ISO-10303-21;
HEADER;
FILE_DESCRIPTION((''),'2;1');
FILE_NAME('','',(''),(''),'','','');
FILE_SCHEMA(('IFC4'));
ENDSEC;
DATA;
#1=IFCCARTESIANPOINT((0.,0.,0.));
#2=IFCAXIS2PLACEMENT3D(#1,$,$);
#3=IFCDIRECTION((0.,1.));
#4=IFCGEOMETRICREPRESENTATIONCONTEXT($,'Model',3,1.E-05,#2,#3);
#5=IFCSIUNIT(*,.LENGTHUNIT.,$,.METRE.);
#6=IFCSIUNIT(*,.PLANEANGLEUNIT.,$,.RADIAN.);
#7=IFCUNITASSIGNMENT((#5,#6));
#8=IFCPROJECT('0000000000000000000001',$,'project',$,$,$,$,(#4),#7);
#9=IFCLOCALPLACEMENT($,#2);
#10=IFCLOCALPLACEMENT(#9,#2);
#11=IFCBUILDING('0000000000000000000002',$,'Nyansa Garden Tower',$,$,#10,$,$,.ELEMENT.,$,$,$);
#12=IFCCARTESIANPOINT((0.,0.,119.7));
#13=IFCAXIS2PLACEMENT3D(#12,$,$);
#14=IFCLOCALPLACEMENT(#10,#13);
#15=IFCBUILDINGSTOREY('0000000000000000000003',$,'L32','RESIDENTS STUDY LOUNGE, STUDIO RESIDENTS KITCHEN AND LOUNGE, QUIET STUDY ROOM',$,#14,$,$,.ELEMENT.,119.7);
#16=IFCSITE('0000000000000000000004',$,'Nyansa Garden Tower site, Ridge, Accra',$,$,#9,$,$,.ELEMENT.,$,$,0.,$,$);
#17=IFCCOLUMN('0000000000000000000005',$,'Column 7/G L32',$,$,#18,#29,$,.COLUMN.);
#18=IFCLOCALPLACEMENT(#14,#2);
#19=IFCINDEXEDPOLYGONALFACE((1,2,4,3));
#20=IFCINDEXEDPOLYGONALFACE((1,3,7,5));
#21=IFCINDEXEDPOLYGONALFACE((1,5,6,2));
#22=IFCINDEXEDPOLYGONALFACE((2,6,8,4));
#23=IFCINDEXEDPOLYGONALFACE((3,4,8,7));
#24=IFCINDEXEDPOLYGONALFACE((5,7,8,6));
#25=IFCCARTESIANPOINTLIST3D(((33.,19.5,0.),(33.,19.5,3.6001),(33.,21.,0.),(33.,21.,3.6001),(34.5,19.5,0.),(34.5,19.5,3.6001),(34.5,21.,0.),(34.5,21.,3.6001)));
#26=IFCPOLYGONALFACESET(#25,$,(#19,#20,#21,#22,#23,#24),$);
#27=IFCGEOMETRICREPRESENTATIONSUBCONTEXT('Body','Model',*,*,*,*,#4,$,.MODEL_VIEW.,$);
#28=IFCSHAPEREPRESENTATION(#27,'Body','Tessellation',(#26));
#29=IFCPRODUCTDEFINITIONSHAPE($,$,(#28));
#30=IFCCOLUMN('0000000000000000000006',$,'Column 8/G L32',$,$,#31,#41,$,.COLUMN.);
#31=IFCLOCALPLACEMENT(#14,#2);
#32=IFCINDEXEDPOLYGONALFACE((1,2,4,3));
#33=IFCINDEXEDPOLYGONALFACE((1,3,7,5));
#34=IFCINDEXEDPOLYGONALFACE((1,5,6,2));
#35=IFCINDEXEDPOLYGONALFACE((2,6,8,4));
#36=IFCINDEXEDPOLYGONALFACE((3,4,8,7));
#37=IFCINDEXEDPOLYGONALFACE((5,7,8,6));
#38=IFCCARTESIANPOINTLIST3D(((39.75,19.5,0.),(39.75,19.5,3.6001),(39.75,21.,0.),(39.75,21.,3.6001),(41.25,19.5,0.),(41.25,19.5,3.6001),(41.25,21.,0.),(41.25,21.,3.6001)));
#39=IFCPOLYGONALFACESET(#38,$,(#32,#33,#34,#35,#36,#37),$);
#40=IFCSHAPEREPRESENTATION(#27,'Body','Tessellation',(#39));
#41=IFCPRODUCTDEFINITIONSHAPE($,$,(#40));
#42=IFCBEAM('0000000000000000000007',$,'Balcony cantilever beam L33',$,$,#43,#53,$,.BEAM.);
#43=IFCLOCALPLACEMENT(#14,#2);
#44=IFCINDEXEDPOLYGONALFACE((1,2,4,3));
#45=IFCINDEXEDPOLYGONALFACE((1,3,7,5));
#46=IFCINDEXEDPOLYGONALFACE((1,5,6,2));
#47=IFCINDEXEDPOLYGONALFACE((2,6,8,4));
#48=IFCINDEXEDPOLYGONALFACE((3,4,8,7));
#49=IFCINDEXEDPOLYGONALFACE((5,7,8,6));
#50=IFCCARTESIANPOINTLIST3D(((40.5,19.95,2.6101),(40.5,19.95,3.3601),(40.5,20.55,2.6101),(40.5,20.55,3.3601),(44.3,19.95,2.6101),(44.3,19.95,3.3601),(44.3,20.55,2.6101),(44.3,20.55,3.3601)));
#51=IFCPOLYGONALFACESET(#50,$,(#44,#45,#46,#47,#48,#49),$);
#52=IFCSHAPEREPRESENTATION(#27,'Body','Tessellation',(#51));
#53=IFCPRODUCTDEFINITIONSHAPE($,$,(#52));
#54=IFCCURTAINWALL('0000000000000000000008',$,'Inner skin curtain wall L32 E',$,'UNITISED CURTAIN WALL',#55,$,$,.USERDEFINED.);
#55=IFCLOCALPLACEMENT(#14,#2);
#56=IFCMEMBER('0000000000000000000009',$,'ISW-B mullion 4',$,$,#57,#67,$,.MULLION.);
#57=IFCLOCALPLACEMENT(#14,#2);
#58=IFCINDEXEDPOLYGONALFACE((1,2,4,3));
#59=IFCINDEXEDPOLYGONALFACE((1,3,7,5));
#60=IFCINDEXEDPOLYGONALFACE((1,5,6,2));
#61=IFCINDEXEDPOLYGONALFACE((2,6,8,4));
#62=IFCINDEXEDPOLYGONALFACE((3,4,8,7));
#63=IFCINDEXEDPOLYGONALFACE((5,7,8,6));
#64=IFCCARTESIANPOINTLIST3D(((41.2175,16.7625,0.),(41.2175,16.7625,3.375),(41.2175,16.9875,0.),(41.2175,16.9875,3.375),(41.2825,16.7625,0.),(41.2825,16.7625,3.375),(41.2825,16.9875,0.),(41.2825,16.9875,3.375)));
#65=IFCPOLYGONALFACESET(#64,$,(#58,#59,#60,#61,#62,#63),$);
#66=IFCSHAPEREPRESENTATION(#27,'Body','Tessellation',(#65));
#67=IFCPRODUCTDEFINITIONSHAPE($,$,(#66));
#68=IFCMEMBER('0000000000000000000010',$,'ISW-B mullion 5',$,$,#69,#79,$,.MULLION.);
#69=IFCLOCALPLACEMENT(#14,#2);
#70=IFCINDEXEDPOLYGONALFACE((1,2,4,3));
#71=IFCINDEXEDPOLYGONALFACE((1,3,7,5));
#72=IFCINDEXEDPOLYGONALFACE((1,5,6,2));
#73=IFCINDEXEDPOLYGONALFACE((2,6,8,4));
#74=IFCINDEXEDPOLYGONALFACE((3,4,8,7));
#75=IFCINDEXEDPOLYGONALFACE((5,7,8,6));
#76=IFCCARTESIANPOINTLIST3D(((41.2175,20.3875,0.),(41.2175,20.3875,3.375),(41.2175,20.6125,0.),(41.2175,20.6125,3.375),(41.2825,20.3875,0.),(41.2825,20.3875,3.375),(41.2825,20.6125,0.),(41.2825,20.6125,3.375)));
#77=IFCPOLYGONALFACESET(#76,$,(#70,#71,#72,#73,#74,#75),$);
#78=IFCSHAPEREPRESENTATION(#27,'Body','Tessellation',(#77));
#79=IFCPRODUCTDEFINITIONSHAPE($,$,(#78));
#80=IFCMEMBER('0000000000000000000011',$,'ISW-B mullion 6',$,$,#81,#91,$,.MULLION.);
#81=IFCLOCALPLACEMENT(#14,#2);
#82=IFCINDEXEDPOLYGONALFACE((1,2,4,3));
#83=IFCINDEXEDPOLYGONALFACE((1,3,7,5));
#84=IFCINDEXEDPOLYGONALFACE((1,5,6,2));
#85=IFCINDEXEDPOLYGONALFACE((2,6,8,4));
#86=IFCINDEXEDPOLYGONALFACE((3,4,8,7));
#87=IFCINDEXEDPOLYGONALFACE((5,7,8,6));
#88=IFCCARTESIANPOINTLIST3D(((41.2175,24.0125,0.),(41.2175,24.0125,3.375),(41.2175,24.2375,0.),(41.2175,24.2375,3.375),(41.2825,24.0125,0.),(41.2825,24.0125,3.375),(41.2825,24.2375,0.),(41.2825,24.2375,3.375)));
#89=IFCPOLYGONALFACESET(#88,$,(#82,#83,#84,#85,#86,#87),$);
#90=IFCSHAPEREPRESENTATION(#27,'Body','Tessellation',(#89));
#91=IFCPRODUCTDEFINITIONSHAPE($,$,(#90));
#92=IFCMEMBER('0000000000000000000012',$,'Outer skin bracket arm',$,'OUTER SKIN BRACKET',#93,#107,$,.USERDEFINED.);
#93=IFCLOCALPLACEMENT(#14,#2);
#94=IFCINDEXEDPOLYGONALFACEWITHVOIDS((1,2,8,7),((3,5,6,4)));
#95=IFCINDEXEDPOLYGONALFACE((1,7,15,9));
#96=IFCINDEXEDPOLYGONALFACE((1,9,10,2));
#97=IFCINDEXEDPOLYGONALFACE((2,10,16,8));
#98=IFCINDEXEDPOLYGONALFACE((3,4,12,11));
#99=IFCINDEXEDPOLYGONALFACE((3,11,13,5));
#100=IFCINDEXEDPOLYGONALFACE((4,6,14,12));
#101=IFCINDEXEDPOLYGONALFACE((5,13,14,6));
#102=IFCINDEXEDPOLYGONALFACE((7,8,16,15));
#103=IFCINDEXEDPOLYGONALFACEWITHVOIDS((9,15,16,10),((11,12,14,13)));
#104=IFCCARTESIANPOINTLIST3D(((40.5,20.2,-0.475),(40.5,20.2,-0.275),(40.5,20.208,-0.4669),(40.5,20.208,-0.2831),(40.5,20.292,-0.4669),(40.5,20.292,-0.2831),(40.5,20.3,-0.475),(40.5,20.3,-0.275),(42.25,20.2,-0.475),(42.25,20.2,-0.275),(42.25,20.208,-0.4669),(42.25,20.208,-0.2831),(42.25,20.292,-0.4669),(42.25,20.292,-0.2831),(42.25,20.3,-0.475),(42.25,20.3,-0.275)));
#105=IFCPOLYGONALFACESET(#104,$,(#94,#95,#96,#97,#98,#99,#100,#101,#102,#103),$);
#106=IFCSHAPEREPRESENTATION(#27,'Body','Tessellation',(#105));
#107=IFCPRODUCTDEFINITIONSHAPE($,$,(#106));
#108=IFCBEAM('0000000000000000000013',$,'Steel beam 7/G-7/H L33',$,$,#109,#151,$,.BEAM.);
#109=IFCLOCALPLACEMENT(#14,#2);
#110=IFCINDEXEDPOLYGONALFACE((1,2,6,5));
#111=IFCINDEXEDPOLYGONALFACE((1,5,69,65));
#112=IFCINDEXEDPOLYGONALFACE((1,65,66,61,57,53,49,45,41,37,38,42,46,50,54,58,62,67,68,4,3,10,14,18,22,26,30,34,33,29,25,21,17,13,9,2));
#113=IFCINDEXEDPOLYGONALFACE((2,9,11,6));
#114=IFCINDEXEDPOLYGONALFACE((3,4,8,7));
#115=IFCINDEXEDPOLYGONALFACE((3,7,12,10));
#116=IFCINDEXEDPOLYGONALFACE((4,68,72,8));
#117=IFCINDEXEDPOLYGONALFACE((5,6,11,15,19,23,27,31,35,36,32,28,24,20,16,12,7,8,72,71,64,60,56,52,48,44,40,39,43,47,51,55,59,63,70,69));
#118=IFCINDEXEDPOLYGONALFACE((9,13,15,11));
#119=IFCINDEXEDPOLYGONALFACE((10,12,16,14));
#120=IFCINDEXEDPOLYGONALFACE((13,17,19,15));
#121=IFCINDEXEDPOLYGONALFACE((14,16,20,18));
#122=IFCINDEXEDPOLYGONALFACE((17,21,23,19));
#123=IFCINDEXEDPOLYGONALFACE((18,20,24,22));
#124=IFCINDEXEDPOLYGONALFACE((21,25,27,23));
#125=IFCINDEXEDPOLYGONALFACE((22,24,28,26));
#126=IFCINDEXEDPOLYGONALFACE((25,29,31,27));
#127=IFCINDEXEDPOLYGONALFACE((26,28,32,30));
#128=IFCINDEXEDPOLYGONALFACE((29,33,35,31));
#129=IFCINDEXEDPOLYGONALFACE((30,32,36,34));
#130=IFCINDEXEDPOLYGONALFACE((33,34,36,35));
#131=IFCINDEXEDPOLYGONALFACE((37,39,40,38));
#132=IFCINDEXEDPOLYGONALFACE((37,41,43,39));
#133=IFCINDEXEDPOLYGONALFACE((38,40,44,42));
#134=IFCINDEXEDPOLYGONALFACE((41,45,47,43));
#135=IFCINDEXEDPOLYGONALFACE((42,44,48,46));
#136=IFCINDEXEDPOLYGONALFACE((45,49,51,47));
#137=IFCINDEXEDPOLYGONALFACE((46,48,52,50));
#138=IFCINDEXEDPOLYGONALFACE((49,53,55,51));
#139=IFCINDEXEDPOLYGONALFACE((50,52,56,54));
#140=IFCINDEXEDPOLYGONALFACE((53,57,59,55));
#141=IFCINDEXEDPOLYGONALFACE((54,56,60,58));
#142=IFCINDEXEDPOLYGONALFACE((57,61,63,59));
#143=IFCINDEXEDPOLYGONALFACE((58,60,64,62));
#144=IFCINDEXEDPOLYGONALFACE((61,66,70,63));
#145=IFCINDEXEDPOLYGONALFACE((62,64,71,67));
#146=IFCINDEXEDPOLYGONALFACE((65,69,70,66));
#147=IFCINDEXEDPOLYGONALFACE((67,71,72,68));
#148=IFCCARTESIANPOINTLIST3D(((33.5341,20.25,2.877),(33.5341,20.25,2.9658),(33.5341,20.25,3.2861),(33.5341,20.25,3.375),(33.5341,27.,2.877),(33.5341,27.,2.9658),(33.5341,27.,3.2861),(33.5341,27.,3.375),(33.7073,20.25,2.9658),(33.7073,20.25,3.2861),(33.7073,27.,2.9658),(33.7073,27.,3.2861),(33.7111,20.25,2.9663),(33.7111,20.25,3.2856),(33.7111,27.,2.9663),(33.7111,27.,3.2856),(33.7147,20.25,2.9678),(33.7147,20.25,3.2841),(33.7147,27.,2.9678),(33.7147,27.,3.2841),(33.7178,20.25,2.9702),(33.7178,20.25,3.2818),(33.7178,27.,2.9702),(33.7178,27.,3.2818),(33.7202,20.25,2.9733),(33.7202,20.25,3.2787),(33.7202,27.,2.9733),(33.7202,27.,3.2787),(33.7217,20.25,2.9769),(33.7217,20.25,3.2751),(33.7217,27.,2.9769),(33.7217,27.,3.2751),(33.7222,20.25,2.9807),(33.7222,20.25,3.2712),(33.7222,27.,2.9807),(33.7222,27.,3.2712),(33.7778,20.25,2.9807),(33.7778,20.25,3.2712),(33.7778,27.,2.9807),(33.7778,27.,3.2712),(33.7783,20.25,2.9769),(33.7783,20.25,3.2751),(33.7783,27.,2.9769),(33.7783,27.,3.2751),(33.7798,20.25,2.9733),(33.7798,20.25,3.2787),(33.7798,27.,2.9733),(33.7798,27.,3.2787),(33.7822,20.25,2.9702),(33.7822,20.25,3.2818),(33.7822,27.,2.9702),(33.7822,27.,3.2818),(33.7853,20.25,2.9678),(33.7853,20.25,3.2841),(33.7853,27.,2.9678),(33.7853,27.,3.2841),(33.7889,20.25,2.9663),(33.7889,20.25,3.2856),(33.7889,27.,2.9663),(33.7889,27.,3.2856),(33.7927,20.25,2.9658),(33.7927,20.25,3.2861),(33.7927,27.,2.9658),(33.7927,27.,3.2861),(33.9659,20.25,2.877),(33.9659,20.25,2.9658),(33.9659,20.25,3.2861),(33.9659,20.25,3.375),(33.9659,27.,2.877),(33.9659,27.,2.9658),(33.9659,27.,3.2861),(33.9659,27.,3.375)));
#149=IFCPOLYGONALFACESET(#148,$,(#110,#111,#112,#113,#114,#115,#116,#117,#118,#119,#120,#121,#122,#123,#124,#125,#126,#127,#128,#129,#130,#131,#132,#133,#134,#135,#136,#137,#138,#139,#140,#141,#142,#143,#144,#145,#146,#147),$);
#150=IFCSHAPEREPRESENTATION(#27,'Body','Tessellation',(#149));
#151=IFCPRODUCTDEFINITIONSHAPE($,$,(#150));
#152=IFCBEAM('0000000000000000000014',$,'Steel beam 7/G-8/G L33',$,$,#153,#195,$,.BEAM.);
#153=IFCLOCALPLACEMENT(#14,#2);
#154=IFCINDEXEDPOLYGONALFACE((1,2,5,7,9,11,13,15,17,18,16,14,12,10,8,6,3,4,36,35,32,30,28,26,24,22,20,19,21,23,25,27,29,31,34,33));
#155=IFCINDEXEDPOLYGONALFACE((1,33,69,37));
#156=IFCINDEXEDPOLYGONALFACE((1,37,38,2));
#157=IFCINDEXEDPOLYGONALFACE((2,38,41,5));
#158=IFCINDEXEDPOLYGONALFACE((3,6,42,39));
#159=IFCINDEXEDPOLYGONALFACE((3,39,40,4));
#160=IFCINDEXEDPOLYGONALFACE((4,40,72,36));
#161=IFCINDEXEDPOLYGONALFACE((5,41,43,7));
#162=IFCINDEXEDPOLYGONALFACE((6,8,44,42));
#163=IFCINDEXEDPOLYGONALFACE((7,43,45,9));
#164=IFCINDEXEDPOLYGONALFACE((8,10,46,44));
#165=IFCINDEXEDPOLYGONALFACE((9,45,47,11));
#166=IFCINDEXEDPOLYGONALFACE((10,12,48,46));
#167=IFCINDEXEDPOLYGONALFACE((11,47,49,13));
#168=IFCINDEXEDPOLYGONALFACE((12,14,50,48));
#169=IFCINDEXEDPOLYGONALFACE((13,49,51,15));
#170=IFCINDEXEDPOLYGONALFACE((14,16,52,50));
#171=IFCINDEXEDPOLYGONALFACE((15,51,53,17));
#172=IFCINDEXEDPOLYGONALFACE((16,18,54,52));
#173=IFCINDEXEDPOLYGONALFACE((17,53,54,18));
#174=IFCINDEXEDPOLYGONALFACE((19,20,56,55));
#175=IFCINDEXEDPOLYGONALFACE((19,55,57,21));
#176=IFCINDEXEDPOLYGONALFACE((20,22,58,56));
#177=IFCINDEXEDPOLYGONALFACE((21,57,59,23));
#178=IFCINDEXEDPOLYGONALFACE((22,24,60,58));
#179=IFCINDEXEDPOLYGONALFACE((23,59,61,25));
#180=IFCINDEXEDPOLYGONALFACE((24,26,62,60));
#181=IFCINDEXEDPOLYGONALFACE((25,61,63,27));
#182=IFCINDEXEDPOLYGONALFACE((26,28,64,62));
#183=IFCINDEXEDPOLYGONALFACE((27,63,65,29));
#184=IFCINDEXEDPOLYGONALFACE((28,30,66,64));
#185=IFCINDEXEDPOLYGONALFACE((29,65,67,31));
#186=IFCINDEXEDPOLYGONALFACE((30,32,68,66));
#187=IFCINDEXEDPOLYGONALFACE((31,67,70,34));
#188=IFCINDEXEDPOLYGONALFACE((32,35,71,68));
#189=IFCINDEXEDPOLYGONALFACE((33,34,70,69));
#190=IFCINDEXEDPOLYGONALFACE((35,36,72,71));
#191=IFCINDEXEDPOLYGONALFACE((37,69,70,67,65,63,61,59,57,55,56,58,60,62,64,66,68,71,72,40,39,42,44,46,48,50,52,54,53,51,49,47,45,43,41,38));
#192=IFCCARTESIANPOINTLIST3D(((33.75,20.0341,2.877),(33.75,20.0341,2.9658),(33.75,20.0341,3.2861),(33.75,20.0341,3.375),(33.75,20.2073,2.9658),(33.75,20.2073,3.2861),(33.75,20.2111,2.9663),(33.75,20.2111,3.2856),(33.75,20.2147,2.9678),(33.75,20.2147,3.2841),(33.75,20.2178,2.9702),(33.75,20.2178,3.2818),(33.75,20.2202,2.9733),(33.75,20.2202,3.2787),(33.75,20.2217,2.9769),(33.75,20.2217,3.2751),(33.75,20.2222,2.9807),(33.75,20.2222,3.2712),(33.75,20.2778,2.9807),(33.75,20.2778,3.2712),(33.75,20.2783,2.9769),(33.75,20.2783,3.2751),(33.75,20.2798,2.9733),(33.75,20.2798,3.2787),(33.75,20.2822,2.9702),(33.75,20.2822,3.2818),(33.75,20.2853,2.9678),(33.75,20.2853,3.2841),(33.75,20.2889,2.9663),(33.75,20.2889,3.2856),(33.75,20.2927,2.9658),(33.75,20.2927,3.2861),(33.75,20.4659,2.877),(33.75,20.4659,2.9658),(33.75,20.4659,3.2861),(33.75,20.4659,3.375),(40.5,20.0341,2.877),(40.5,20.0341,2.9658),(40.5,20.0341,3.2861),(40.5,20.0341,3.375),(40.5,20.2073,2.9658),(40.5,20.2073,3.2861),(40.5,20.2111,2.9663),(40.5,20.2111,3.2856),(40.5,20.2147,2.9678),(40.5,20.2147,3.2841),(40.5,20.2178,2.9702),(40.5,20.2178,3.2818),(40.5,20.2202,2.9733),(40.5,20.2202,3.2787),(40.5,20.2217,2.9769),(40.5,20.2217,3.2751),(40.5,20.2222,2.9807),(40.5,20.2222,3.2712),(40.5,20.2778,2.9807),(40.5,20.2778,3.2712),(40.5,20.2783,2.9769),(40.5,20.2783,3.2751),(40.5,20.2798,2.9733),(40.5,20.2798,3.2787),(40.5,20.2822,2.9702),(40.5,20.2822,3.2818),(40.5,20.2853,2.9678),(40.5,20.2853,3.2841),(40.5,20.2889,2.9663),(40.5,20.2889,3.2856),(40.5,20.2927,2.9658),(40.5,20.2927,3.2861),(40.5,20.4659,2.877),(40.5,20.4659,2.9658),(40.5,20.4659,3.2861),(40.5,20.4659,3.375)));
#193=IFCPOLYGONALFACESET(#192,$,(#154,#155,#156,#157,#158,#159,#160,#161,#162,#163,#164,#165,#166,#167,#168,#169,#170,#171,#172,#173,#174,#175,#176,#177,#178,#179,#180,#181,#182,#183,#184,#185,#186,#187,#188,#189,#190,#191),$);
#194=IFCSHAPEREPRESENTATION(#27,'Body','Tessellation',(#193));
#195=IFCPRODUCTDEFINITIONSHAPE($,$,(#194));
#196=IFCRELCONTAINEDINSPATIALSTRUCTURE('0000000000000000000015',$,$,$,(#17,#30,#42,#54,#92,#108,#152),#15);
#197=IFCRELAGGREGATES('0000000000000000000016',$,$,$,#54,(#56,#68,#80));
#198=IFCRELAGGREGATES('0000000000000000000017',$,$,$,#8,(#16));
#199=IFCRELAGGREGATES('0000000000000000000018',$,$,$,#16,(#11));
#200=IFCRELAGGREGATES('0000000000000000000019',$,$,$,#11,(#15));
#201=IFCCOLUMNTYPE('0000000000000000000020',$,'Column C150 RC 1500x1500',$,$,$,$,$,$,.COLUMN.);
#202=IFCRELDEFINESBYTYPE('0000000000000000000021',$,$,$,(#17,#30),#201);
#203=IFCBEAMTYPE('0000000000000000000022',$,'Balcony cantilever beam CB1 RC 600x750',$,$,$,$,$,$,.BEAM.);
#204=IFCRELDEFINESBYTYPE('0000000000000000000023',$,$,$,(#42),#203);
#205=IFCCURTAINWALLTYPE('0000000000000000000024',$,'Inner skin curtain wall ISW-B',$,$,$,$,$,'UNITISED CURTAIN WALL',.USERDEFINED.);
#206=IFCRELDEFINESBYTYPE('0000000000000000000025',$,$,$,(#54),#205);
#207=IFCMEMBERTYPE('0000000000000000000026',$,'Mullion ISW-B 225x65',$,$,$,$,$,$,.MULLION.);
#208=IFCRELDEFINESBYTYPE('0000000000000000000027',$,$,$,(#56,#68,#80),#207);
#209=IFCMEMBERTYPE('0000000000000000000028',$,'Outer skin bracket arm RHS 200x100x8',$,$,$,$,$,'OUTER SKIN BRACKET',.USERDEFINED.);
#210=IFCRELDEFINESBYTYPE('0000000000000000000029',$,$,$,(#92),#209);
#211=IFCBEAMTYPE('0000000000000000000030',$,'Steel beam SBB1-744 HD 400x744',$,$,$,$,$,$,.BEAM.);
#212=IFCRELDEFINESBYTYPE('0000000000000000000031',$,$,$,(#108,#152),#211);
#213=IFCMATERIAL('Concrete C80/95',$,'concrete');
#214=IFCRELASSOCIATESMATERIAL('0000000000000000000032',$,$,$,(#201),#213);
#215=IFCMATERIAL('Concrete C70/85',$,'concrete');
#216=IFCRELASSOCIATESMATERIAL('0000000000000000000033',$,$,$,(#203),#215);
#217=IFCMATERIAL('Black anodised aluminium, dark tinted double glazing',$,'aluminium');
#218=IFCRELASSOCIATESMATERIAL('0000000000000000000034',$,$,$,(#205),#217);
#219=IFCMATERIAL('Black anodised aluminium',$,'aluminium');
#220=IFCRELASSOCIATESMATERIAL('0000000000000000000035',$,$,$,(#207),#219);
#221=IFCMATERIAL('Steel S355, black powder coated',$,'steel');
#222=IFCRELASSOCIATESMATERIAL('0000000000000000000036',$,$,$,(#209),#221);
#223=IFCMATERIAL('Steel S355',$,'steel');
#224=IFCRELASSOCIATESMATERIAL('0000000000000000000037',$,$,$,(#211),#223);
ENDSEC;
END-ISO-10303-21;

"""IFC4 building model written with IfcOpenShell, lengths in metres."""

from ifc_helpers import new_model, si_unit, direction, frame, origin, origin_2d, place, context, subcontext, project, spatial, rectangle, hollow_rectangle, i_section, extrude, material, material_profile, profile_set, type_object, element, aggregate, save


model = new_model("IFC4")

# Units and contexts
model_context = context("Model", 3, precision=1e-05, world=origin(), true_north=direction((0.0, 1.0)))
body_context = subcontext(model_context, "Body", "Model", "MODEL_VIEW")
ifc_project = project(units=[si_unit("LENGTHUNIT", "METRE"), si_unit("PLANEANGLEUNIT", "RADIAN")], contexts=[model_context])

# Site, building, storey
site_placement = place(None, origin())
site = spatial("IfcSite", under=ifc_project, at=site_placement, Name="Nyansa Garden Tower site, Ridge, Accra", CompositionType="ELEMENT", RefElevation=0.0)
building_placement = place(site_placement, origin())
building = spatial("IfcBuilding", under=site, at=building_placement, Name="Nyansa Garden Tower", CompositionType="ELEMENT")
storey_placement = place(building_placement, frame((0.0, 0.0, 119.7)))
storey = spatial("IfcBuildingStorey", under=building, at=storey_placement, Name="L32", Description="RESIDENTS STUDY LOUNGE, STUDIO RESIDENTS KITCHEN AND LOUNGE, QUIET STUDY ROOM", CompositionType="ELEMENT", Elevation=119.7)

# Columns
ifc_material_1 = material(Name="Concrete C80/95", Category="concrete")
ifc_material_profile_1 = material_profile(ifc_material_1, rectangle(XDim=1.5, YDim=1.5, at=origin_2d()), Name="RC 1500x1500")
ifc_profile_set_1 = profile_set([ifc_material_profile_1], Name="Concrete C80/95")
column_type = type_object("IfcColumnType", Name="Column C150 RC 1500x1500", PredefinedType="COLUMN", material=ifc_profile_set_1)
for number, where, z_axis, x_axis, name in (
    (1, (33.75, 20.25, 0.0), (0.0, 0.0, 1.0), (1.0, 0.0, 0.0), "Column 7/G L32"),
    (2, (40.5, 20.25, 0.0), (0.0, 0.0, 1.0), (1.0, 0.0, 0.0), "Column 8/G L32"),
):
    element("IfcColumn", number, at=place(storey_placement, frame(where, z_axis=z_axis, x_axis=x_axis)), inside=storey, type_object=column_type, Name=name, PredefinedType="COLUMN", context=body_context, shape_type="SweptSolid", body=[
        extrude(rectangle(XDim=1.5, YDim=1.5, at=origin_2d()), origin(), (0.0, 0.0, 1.0), 3.6001),
    ])

# Beam
ifc_material_2 = material(Name="Concrete C70/85", Category="concrete")
ifc_material_profile_2 = material_profile(ifc_material_2, rectangle(XDim=0.6001, YDim=0.75, at=origin_2d()), Name="RC 600x750")
ifc_profile_set_2 = profile_set([ifc_material_profile_2], Name="Concrete C70/85")
beam_type_1 = type_object("IfcBeamType", Name="Balcony cantilever beam CB1 RC 600x750", PredefinedType="BEAM", material=ifc_profile_set_2)
beam_1_placement = place(storey_placement, frame((40.5, 20.25, 2.9851), z_axis=(1.0, 0.0, 0.0), x_axis=(0.0, 1.0, 0.0)))
element("IfcBeam", 3, at=beam_1_placement, inside=storey, type_object=beam_type_1, Name="Balcony cantilever beam L33", PredefinedType="BEAM", context=body_context, shape_type="SweptSolid", body=[
    extrude(rectangle(XDim=0.6001, YDim=0.75, at=origin_2d()), origin(), (0.0, 0.0, 1.0), 3.8),
])

# Curtain wall, members
ifc_material_3 = material(Name="Black anodised aluminium, dark tinted double glazing", Category="aluminium")
curtain_wall_type = type_object("IfcCurtainWallType", Name="Inner skin curtain wall ISW-B", ElementType="UNITISED CURTAIN WALL", PredefinedType="USERDEFINED", material=ifc_material_3)
curtain_wall_placement = place(storey_placement, origin())
curtain_wall = element("IfcCurtainWall", 4, at=curtain_wall_placement, inside=storey, type_object=curtain_wall_type, Name="Inner skin curtain wall L32 E", ObjectType="UNITISED CURTAIN WALL", PredefinedType="USERDEFINED")
ifc_material_4 = material(Name="Black anodised aluminium", Category="aluminium")
ifc_material_profile_3 = material_profile(ifc_material_4, rectangle(XDim=0.0649, YDim=0.2251, at=origin_2d()), Name="Mullion 225x65")
ifc_profile_set_3 = profile_set([ifc_material_profile_3], Name="Black anodised aluminium")
member_type_1 = type_object("IfcMemberType", Name="Mullion ISW-B 225x65", PredefinedType="MULLION", material=ifc_profile_set_3)
member_1_placement = place(storey_placement, frame((41.25, 16.875, 0.0), z_axis=(0.0, 0.0, 1.0), x_axis=(-1.0, 0.0, 0.0)))
member_1 = element("IfcMember", 5, at=member_1_placement, type_object=member_type_1, Name="ISW-B mullion 4", PredefinedType="MULLION", context=body_context, shape_type="SweptSolid", body=[
    extrude(rectangle(XDim=0.0649, YDim=0.2251, at=origin_2d()), origin(), (0.0, 0.0, 1.0), 3.375),
])
member_2_placement = place(storey_placement, frame((41.25, 20.5, 0.0), z_axis=(0.0, 0.0, 1.0), x_axis=(-1.0, 0.0, 0.0)))
member_2 = element("IfcMember", 6, at=member_2_placement, type_object=member_type_1, Name="ISW-B mullion 5", PredefinedType="MULLION", context=body_context, shape_type="SweptSolid", body=[
    extrude(rectangle(XDim=0.0649, YDim=0.2251, at=origin_2d()), origin(), (0.0, 0.0, 1.0), 3.375),
])
member_3_placement = place(storey_placement, frame((41.25, 24.125, 0.0), z_axis=(0.0, 0.0, 1.0), x_axis=(-1.0, 0.0, 0.0)))
member_3 = element("IfcMember", 7, at=member_3_placement, type_object=member_type_1, Name="ISW-B mullion 6", PredefinedType="MULLION", context=body_context, shape_type="SweptSolid", body=[
    extrude(rectangle(XDim=0.0649, YDim=0.2251, at=origin_2d()), origin(), (0.0, 0.0, 1.0), 3.375),
])

# Member
ifc_material_5 = material(Name="Steel S355, black powder coated", Category="steel")
ifc_material_profile_4 = material_profile(ifc_material_5, hollow_rectangle(XDim=0.1001, YDim=0.2, WallThickness=0.0081, at=origin_2d()), Name="RHS 200x100x8")
ifc_profile_set_4 = profile_set([ifc_material_profile_4], Name="Steel S355, black powder coated")
member_type_2 = type_object("IfcMemberType", Name="Outer skin bracket arm RHS 200x100x8", ElementType="OUTER SKIN BRACKET", PredefinedType="USERDEFINED", material=ifc_profile_set_4)
member_4_placement = place(storey_placement, frame((40.5, 20.25, -0.375), z_axis=(1.0, 0.0, 0.0), x_axis=(0.0, 1.0, 0.0)))
element("IfcMember", 8, at=member_4_placement, inside=storey, type_object=member_type_2, Name="Outer skin bracket arm", ObjectType="OUTER SKIN BRACKET", PredefinedType="USERDEFINED", context=body_context, shape_type="SweptSolid", body=[
    extrude(hollow_rectangle(XDim=0.1001, YDim=0.2, WallThickness=0.0081, at=origin_2d()), origin(), (0.0, 0.0, 1.0), 1.75),
])

# Beams
ifc_material_6 = material(Name="Steel S355", Category="steel")
ifc_material_profile_5 = material_profile(ifc_material_6, i_section(OverallWidth=0.4319, OverallDepth=0.498, WebThickness=0.0557, FlangeThickness=0.0889, FilletRadius=0.0149, at=origin_2d()), Name="HD 400x744")
ifc_profile_set_5 = profile_set([ifc_material_profile_5], Name="Steel S355")
beam_type_2 = type_object("IfcBeamType", Name="Steel beam SBB1-744 HD 400x744", PredefinedType="BEAM", material=ifc_profile_set_5)
for number, where, z_axis, x_axis, name in (
    (9, (33.75, 20.25, 3.126), (0.0, 1.0, 0.0), (-1.0, 0.0, 0.0), "Steel beam 7/G-7/H L33"),
    (10, (33.75, 20.25, 3.126), (1.0, 0.0, 0.0), (0.0, 1.0, 0.0), "Steel beam 7/G-8/G L33"),
):
    element("IfcBeam", number, at=place(storey_placement, frame(where, z_axis=z_axis, x_axis=x_axis)), inside=storey, type_object=beam_type_2, Name=name, PredefinedType="BEAM", context=body_context, shape_type="SweptSolid", body=[
        extrude(i_section(OverallWidth=0.4319, OverallDepth=0.498, WebThickness=0.0557, FlangeThickness=0.0889, FilletRadius=0.0149, at=origin_2d()), origin(), (0.0, 0.0, 1.0), 6.75),
    ])

aggregate(curtain_wall, [member_1, member_2, member_3])

save(model, "model.ifc")
